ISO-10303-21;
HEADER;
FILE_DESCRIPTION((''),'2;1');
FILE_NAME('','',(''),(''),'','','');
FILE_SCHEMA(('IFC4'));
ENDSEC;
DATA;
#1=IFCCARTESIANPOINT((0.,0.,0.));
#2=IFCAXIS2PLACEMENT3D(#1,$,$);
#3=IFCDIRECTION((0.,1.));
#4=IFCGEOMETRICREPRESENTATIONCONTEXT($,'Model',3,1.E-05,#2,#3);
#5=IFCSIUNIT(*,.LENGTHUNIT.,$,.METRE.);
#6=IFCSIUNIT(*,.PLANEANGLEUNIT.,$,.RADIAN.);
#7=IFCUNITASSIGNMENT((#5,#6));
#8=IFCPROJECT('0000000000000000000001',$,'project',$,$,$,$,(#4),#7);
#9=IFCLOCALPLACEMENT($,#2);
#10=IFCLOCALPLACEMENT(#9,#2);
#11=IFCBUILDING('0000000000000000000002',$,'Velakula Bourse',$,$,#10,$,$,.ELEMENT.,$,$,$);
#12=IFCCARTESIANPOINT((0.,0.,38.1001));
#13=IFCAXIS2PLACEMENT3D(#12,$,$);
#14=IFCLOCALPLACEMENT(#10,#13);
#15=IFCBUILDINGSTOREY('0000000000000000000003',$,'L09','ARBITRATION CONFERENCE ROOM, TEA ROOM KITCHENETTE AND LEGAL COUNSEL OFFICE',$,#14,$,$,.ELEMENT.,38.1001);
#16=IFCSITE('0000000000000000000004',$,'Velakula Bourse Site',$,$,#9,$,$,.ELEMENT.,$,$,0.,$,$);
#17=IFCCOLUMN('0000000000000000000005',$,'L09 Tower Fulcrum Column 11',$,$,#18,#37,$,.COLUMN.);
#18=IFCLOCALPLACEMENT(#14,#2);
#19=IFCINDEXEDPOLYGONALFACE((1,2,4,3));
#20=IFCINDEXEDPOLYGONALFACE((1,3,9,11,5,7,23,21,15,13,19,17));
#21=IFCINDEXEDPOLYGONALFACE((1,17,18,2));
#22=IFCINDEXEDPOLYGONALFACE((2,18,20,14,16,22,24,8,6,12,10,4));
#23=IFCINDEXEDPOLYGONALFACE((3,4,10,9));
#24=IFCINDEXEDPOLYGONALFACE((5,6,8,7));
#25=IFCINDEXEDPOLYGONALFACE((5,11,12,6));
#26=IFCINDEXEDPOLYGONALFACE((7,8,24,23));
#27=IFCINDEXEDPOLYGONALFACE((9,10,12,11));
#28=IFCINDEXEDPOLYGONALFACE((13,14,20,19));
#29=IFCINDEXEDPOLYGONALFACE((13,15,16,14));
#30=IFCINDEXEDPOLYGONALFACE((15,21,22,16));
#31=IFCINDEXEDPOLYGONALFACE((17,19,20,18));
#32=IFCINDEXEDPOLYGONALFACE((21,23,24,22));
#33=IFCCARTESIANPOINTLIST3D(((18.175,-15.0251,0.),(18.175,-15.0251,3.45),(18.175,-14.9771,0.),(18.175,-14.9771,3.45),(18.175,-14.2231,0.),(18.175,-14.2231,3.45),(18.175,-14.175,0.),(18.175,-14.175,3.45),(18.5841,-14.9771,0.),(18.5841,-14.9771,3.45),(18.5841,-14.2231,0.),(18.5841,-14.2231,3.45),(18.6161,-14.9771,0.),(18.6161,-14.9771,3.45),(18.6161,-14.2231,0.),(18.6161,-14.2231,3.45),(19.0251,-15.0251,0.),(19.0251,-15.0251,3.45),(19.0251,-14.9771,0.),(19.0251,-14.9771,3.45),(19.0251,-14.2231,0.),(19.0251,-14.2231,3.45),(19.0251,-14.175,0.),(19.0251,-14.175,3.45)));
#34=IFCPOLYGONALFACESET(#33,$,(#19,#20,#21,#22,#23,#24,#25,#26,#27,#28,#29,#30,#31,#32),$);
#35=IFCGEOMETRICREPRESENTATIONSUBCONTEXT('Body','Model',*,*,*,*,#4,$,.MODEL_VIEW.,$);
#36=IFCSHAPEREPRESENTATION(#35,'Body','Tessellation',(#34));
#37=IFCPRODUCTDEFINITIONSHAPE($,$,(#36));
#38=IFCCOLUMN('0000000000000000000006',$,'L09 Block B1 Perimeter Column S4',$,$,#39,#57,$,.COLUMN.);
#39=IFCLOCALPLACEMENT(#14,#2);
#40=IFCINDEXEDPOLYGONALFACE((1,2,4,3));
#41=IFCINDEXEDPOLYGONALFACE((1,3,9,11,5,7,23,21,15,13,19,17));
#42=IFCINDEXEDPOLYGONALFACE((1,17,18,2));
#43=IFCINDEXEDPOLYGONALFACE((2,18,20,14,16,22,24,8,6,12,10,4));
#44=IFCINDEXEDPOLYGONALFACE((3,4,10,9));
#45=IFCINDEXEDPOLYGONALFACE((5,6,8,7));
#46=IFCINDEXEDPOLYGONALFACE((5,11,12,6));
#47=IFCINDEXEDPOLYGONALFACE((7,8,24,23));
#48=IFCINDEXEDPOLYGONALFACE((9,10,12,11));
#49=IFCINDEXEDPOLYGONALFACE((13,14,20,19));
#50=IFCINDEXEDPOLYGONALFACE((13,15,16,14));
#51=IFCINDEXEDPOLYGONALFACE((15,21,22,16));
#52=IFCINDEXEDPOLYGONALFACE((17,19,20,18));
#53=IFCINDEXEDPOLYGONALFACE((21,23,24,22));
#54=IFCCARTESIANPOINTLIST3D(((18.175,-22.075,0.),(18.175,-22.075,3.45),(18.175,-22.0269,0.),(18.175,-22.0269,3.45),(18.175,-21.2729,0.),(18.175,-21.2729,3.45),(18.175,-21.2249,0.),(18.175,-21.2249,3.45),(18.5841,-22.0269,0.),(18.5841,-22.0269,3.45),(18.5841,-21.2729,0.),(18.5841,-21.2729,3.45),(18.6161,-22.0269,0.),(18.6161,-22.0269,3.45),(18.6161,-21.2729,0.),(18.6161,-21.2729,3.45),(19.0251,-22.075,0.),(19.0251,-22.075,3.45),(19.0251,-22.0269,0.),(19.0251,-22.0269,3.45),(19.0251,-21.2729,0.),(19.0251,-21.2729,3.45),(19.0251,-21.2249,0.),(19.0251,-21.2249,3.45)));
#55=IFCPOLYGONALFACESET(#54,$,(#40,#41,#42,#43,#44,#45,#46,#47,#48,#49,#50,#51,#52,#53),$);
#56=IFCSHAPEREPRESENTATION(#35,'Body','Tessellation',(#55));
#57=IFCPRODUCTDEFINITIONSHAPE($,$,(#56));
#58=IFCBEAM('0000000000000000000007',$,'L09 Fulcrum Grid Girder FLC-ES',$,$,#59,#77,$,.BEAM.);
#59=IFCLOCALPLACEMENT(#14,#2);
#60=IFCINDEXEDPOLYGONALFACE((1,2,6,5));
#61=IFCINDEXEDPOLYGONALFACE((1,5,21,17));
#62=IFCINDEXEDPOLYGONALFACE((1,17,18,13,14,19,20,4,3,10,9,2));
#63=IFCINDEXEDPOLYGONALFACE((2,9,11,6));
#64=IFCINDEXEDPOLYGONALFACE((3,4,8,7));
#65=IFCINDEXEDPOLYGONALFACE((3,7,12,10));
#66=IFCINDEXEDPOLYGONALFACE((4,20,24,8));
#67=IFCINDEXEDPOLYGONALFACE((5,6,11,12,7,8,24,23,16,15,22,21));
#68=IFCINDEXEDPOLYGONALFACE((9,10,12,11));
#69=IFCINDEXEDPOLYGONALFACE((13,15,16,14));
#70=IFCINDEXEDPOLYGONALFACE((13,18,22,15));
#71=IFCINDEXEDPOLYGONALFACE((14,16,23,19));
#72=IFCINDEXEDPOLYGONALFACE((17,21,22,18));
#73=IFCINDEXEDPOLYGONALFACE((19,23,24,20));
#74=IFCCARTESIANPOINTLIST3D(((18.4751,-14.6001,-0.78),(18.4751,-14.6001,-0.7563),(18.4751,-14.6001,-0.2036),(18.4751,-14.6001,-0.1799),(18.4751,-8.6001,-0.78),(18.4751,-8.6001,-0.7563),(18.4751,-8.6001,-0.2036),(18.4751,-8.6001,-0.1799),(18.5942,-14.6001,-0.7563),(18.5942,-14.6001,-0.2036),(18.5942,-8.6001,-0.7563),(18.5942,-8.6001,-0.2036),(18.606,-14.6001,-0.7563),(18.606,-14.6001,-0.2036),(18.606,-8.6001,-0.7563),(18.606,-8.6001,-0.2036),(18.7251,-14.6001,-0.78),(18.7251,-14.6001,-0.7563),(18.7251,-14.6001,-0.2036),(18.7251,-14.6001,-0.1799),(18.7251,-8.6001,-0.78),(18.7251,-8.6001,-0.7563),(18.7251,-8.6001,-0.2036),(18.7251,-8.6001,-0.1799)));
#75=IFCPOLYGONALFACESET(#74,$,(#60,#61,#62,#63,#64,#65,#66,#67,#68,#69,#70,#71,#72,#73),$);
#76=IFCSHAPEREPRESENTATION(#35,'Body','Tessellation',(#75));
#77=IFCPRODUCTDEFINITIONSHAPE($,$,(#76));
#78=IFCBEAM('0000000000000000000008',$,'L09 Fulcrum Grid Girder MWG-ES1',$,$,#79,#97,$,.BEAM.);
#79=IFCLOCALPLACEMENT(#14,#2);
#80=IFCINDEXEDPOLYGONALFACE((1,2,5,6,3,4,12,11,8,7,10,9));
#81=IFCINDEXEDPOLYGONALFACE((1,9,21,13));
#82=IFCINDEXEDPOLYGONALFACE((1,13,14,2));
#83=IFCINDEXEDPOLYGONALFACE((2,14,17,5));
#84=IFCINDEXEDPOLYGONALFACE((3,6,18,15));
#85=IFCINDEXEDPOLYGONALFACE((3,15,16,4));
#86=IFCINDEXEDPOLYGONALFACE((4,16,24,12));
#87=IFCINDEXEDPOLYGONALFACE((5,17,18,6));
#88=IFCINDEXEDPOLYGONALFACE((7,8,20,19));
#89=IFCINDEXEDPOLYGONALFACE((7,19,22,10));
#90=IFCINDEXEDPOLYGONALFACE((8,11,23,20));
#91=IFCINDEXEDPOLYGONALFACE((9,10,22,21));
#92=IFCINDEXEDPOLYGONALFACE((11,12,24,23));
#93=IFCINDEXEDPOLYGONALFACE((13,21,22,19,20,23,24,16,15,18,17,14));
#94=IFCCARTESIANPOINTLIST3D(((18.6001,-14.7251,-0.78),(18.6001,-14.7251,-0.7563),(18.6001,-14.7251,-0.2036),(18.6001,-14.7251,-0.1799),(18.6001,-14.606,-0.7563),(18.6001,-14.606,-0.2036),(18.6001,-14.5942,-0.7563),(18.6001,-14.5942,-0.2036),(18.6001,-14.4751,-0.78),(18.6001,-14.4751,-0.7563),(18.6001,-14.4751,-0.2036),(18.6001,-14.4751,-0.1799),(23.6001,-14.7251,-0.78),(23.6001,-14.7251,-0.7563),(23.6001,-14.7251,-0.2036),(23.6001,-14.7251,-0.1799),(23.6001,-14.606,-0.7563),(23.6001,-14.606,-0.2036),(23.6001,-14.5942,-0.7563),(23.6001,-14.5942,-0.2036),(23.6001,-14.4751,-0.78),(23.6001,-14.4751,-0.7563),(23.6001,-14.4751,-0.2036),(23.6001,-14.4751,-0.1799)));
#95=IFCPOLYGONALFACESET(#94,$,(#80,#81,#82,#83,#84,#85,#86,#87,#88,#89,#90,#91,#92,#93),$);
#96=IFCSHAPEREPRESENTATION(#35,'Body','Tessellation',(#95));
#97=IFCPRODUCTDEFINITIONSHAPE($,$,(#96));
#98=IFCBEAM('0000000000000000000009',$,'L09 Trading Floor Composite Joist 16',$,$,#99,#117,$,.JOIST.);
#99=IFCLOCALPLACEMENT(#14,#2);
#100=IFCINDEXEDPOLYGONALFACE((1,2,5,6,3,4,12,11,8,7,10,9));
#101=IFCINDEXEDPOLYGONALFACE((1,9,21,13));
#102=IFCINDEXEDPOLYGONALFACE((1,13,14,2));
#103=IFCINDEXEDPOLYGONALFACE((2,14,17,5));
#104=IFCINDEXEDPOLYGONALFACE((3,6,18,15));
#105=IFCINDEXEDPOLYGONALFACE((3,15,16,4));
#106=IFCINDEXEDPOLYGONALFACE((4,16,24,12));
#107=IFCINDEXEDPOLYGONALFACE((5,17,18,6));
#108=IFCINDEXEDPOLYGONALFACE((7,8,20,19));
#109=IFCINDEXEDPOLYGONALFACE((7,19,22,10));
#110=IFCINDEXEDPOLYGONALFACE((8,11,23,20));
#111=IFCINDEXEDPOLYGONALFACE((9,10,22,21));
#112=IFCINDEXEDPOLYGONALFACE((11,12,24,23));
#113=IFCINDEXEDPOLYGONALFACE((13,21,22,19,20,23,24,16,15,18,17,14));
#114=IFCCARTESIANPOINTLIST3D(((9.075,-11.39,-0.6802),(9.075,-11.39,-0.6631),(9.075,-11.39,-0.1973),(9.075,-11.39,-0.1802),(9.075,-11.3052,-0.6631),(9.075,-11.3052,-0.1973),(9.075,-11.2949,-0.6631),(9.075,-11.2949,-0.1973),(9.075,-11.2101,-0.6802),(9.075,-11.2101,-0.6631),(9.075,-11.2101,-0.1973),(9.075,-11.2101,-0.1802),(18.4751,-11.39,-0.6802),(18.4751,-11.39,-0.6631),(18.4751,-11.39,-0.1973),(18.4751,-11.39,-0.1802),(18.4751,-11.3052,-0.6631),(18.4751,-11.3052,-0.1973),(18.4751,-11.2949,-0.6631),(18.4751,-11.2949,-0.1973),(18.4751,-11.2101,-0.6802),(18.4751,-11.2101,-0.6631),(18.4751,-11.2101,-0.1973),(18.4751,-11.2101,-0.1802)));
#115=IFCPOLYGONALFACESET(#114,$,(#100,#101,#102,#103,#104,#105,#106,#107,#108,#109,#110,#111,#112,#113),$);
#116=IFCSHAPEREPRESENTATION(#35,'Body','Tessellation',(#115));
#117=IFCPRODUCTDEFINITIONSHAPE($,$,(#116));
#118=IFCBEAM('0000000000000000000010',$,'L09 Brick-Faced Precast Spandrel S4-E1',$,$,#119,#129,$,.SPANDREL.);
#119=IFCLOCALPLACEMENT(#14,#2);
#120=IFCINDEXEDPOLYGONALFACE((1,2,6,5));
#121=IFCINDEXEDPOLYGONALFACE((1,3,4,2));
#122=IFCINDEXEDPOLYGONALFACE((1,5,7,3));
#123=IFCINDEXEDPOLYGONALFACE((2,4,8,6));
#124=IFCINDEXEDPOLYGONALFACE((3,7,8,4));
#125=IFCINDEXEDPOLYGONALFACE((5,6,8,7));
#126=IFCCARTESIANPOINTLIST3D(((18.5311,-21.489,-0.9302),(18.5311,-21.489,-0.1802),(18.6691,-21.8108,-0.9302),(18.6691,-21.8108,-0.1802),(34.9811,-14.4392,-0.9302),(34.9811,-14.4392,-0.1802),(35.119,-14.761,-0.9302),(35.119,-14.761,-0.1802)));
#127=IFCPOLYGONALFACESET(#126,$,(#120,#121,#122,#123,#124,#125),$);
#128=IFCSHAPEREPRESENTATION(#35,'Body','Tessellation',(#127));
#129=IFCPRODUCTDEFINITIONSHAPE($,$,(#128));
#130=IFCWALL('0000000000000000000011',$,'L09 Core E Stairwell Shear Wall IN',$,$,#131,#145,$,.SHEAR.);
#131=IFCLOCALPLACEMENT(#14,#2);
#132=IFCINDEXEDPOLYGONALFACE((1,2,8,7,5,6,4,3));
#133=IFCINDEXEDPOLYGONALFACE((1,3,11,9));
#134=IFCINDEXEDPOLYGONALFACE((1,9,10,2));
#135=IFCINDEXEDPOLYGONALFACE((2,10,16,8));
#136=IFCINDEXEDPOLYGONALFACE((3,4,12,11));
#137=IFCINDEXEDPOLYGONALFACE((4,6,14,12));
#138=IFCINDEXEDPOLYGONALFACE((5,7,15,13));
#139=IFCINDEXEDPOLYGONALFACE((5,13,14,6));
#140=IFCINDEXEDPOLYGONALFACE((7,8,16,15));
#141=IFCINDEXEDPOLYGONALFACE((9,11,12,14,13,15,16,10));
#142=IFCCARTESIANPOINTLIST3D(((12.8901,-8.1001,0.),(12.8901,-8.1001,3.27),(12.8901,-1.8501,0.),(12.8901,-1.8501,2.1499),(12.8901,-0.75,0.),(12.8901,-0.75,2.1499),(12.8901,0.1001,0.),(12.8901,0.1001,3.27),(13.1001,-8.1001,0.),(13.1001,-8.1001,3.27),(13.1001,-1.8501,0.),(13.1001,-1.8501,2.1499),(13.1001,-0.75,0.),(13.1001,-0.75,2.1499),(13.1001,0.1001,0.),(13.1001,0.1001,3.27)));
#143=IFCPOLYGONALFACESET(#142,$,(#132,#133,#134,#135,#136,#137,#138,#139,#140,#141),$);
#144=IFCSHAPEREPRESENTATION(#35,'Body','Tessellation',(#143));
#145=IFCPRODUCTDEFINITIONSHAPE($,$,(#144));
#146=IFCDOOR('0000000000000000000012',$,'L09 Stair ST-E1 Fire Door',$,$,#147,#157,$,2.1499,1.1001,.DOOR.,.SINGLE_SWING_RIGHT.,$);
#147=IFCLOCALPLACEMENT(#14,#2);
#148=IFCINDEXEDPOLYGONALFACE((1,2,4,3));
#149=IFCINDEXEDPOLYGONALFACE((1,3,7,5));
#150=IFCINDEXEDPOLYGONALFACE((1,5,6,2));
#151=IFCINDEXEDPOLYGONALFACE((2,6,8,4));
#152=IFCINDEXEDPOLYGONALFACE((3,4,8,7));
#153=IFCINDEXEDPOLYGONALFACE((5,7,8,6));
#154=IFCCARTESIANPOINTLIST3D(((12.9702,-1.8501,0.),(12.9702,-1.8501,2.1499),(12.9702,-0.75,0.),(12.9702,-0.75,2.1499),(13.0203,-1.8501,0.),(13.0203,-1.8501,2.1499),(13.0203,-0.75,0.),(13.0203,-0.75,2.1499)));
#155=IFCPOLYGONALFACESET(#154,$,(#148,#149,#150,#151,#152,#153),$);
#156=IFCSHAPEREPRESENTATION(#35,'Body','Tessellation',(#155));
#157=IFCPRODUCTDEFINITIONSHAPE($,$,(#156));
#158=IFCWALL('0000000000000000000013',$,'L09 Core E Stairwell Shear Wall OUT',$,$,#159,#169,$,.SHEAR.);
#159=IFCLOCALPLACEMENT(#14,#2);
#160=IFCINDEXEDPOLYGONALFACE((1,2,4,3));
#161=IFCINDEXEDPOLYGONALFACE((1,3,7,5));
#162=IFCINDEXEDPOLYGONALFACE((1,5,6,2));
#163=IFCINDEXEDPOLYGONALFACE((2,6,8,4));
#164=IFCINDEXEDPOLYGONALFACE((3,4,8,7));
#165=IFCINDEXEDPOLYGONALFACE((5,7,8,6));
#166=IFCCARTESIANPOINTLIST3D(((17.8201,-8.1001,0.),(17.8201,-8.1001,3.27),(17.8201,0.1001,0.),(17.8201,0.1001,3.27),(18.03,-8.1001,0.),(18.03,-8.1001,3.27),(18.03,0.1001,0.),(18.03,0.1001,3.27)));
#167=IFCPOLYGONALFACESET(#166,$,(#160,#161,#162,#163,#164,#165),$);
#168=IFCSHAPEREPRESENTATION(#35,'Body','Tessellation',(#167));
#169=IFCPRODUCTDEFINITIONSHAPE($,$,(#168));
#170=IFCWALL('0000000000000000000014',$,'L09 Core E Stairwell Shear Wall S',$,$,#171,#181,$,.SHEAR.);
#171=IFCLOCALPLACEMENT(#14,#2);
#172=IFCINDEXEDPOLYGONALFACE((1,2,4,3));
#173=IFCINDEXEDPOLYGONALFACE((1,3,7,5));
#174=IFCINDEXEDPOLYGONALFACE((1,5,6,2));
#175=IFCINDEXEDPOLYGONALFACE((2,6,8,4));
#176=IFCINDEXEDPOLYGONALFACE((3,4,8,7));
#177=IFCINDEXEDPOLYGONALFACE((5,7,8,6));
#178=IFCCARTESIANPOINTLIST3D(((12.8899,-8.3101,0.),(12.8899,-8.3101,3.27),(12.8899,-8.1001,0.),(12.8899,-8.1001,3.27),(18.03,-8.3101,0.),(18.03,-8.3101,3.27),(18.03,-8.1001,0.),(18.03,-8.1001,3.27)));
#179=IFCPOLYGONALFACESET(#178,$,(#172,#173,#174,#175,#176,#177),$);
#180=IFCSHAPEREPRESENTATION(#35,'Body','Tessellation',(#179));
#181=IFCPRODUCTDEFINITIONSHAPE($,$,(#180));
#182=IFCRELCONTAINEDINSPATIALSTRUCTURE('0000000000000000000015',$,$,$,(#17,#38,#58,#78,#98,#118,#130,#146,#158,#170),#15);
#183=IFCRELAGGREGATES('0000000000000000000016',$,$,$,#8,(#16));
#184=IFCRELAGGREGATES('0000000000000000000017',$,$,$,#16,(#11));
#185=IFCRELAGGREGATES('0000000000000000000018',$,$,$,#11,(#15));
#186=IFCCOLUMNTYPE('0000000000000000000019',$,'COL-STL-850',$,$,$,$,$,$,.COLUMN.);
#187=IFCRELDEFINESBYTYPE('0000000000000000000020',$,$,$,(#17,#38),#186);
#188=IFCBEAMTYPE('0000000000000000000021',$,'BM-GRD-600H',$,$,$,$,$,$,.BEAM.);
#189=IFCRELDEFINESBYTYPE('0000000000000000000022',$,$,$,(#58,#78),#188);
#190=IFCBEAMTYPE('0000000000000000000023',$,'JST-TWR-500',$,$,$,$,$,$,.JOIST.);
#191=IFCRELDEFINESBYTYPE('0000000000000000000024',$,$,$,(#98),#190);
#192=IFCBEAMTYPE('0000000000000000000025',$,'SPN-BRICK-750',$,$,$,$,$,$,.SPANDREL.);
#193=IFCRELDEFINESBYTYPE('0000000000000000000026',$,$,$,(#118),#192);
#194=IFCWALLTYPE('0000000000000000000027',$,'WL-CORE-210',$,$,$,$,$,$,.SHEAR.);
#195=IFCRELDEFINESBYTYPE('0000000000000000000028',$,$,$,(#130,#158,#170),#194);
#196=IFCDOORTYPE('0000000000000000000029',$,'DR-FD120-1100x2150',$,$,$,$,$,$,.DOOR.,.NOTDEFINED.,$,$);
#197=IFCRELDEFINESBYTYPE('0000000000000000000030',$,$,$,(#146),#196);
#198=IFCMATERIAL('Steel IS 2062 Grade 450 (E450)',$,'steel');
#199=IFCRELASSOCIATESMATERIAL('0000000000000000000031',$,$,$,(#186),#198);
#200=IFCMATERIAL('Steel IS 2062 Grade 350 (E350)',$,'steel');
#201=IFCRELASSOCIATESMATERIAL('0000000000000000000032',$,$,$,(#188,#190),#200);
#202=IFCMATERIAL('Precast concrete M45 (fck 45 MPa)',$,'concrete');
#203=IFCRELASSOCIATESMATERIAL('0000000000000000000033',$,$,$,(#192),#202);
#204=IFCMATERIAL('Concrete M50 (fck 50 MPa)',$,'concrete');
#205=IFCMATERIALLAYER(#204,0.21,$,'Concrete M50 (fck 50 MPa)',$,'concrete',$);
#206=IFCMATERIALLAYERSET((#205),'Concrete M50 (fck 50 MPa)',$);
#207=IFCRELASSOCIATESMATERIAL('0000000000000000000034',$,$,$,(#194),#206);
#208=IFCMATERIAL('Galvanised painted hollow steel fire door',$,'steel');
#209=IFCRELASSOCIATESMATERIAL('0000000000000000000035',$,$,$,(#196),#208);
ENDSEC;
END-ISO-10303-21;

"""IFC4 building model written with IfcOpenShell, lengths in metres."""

from ifc_helpers import new_model, si_unit, direction, frame, frame_2d, origin, origin_2d, place, context, subcontext, project, spatial, rectangle, i_section, extrude, material, layer, layer_set, material_profile, profile_set, type_object, element, fill, save


model = new_model("IFC4")

# Units and contexts
model_context = context("Model", 3, precision=1e-05, world=origin(), true_north=direction((0.0, 1.0)))
body_context = subcontext(model_context, "Body", "Model", "MODEL_VIEW")
ifc_project = project(units=[si_unit("LENGTHUNIT", "METRE"), si_unit("PLANEANGLEUNIT", "RADIAN")], contexts=[model_context])

# Site, building, storey
site_placement = place(None, origin())
site = spatial("IfcSite", under=ifc_project, at=site_placement, Name="Velakula Bourse Site", CompositionType="ELEMENT", RefElevation=0.0)
building_placement = place(site_placement, origin())
building = spatial("IfcBuilding", under=site, at=building_placement, Name="Velakula Bourse", CompositionType="ELEMENT")
storey_placement = place(building_placement, frame((0.0, 0.0, 38.1001)))
storey = spatial("IfcBuildingStorey", under=building, at=storey_placement, Name="L09", Description="ARBITRATION CONFERENCE ROOM, TEA ROOM KITCHENETTE AND LEGAL COUNSEL OFFICE", CompositionType="ELEMENT", Elevation=38.1001)

# Columns
ifc_material_1 = material(Name="Steel IS 2062 Grade 450 (E450)", Category="steel")
ifc_material_profile_1 = material_profile(ifc_material_1, i_section(OverallWidth=0.8501, OverallDepth=0.8501, WebThickness=0.032, FlangeThickness=0.0481, at=origin_2d()), Name="Steel IS 2062 Grade 450 (E450)")
ifc_profile_set_1 = profile_set([ifc_material_profile_1], Name="Steel IS 2062 Grade 450 (E450)")
column_type = type_object("IfcColumnType", Name="COL-STL-850", PredefinedType="COLUMN", material=ifc_profile_set_1)
for number, where, z_axis, x_axis, name in (
    (1, (18.6001, -14.6001, 0.0), (0.0, 0.0, 1.0), (1.0, 0.0, 0.0), "L09 Tower Fulcrum Column 11"),
    (2, (18.6001, -21.6499, 0.0), (0.0, 0.0, 1.0), (1.0, 0.0, 0.0), "L09 Block B1 Perimeter Column S4"),
):
    element("IfcColumn", number, at=place(storey_placement, frame(where, z_axis=z_axis, x_axis=x_axis)), inside=storey, type_object=column_type, Name=name, PredefinedType="COLUMN", context=body_context, shape_type="SweptSolid", body=[
        extrude(i_section(OverallWidth=0.8501, OverallDepth=0.8501, WebThickness=0.032, FlangeThickness=0.0481, at=origin_2d()), origin(), (0.0, 0.0, 1.0), 3.45),
    ])

# Beams
ifc_material_2 = material(Name="Steel IS 2062 Grade 350 (E350)", Category="steel")
ifc_material_profile_2 = material_profile(ifc_material_2, i_section(OverallWidth=0.25, OverallDepth=0.6001, WebThickness=0.0117, FlangeThickness=0.0237, at=origin_2d()), Name="Steel IS 2062 Grade 350 (E350)")
ifc_profile_set_2 = profile_set([ifc_material_profile_2], Name="Steel IS 2062 Grade 350 (E350)")
beam_type_1 = type_object("IfcBeamType", Name="BM-GRD-600H", PredefinedType="BEAM", material=ifc_profile_set_2)
beam_1_placement = place(storey_placement, frame((18.6001, -14.6001, -0.48), z_axis=(0.0, 1.0, 0.0), x_axis=(-1.0, 0.0, 0.0)))
element("IfcBeam", 3, at=beam_1_placement, inside=storey, type_object=beam_type_1, Name="L09 Fulcrum Grid Girder FLC-ES", PredefinedType="BEAM", context=body_context, shape_type="SweptSolid", body=[
    extrude(i_section(OverallWidth=0.25, OverallDepth=0.6001, WebThickness=0.0117, FlangeThickness=0.0237, at=origin_2d()), origin(), (0.0, 0.0, 1.0), 6.0),
])
beam_2_placement = place(storey_placement, frame((18.6001, -14.6001, -0.48), z_axis=(1.0, 0.0, 0.0), x_axis=(0.0, 1.0, 0.0)))
element("IfcBeam", 4, at=beam_2_placement, inside=storey, type_object=beam_type_1, Name="L09 Fulcrum Grid Girder MWG-ES1", PredefinedType="BEAM", context=body_context, shape_type="SweptSolid", body=[
    extrude(i_section(OverallWidth=0.25, OverallDepth=0.6001, WebThickness=0.0117, FlangeThickness=0.0237, at=origin_2d()), origin(), (0.0, 0.0, 1.0), 5.0),
])
ifc_material_profile_3 = material_profile(ifc_material_2, i_section(OverallWidth=0.1799, OverallDepth=0.5, WebThickness=0.0103, FlangeThickness=0.0171, at=origin_2d()), Name="Steel IS 2062 Grade 350 (E350)")
ifc_profile_set_3 = profile_set([ifc_material_profile_3], Name="Steel IS 2062 Grade 350 (E350)")
beam_type_2 = type_object("IfcBeamType", Name="JST-TWR-500", PredefinedType="JOIST", material=ifc_profile_set_3)
beam_3_placement = place(storey_placement, frame((9.075, -11.3, -0.4302), z_axis=(1.0, 0.0, 0.0), x_axis=(0.0, 1.0, 0.0)))
element("IfcBeam", 5, at=beam_3_placement, inside=storey, type_object=beam_type_2, Name="L09 Trading Floor Composite Joist 16", PredefinedType="JOIST", context=body_context, shape_type="SweptSolid", body=[
    extrude(i_section(OverallWidth=0.1799, OverallDepth=0.5, WebThickness=0.0103, FlangeThickness=0.0171, at=origin_2d()), origin(), (0.0, 0.0, 1.0), 9.4001),
])
ifc_material_3 = material(Name="Precast concrete M45 (fck 45 MPa)", Category="concrete")
ifc_material_profile_4 = material_profile(ifc_material_3, rectangle(XDim=0.3501, YDim=0.75, at=origin_2d()), Name="Precast concrete M45 (fck 45 MPa)")
ifc_profile_set_4 = profile_set([ifc_material_profile_4], Name="Precast concrete M45 (fck 45 MPa)")
beam_type_3 = type_object("IfcBeamType", Name="SPN-BRICK-750", PredefinedType="SPANDREL", material=ifc_profile_set_4)
beam_4_placement = place(storey_placement, frame((18.6001, -21.6499, -0.5552), z_axis=(0.919149, 0.393911, 0.0), x_axis=(-0.393911, 0.919149, 0.0)))
element("IfcBeam", 6, at=beam_4_placement, inside=storey, type_object=beam_type_3, Name="L09 Brick-Faced Precast Spandrel S4-E1", PredefinedType="SPANDREL", context=body_context, shape_type="SweptSolid", body=[
    extrude(rectangle(XDim=0.3501, YDim=0.75, at=origin_2d()), origin(), (0.0, 0.0, 1.0), 17.897),
])

# Wall, opening, door
ifc_material_4 = material(Name="Concrete M50 (fck 50 MPa)", Category="concrete")
ifc_layer_1 = layer(ifc_material_4, 0.21, Name="Concrete M50 (fck 50 MPa)", Category="concrete")
ifc_layer_set_1 = layer_set([ifc_layer_1], Name="Concrete M50 (fck 50 MPa)")
wall_type_1 = type_object("IfcWallType", Name="WL-CORE-210", PredefinedType="SHEAR", material=ifc_layer_set_1)
wall_1_placement = place(storey_placement, frame((12.9951, -8.1001, 0.0), z_axis=(0.0, 0.0, 1.0), x_axis=(0.0, 1.0, 0.0)))
wall_1 = element("IfcWall", 7, at=wall_1_placement, inside=storey, type_object=wall_type_1, Name="L09 Core E Stairwell Shear Wall IN", PredefinedType="SHEAR", context=body_context, shape_type="SweptSolid", body=[
    extrude(rectangle(XDim=8.2002, YDim=0.21, at=frame_2d((4.1001, 0.0))), origin(), (0.0, 0.0, 1.0), 3.27),
])
opening_1_placement = place(wall_1_placement, frame((6.25, 0.0, 0.0)))
opening_1 = element("IfcOpeningElement", 8, at=opening_1_placement, cuts=wall_1, PredefinedType="OPENING", context=body_context, shape_type="SweptSolid", body=[
    extrude(rectangle(XDim=1.1001, YDim=2.1499, at=frame_2d((0.55, 1.075))), frame((0.0, 0.115, 0.0), z_axis=(0.0, -1.0, 0.0), x_axis=(1.0, 0.0, 0.0)), (0.0, 0.0, 1.0), 0.23),
])
ifc_material_5 = material(Name="Galvanised painted hollow steel fire door", Category="steel")
door_type_1 = type_object("IfcDoorType", Name="DR-FD120-1100x2150", OperationType="NOTDEFINED", PredefinedType="DOOR", material=ifc_material_5)
door_1_placement = place(opening_1_placement, origin())
door_1 = element("IfcDoor", 9, at=door_1_placement, inside=storey, type_object=door_type_1, Name="L09 Stair ST-E1 Fire Door", OperationType="SINGLE_SWING_RIGHT", OverallHeight=2.1499, OverallWidth=1.1001, PredefinedType="DOOR", context=body_context, shape_type="SweptSolid", body=[
    extrude(rectangle(XDim=1.1001, YDim=2.1499, at=frame_2d((0.55, 1.075))), frame((0.0, 0.0249, 0.0), z_axis=(0.0, -1.0, 0.0), x_axis=(1.0, 0.0, 0.0)), (0.0, 0.0, 1.0), 0.05),
])
fill(opening_1, door_1)

# Walls
wall_2_placement = place(storey_placement, frame((17.925, -8.1001, 0.0), z_axis=(0.0, 0.0, 1.0), x_axis=(0.0, 1.0, 0.0)))
element("IfcWall", 10, at=wall_2_placement, inside=storey, type_object=wall_type_1, Name="L09 Core E Stairwell Shear Wall OUT", PredefinedType="SHEAR", context=body_context, shape_type="SweptSolid", body=[
    extrude(rectangle(XDim=8.2002, YDim=0.21, at=frame_2d((4.1001, 0.0))), origin(), (0.0, 0.0, 1.0), 3.27),
])
wall_3_placement = place(storey_placement, frame((12.8899, -8.2051, 0.0), z_axis=(0.0, 0.0, 1.0), x_axis=(1.0, 0.0, 0.0)))
element("IfcWall", 11, at=wall_3_placement, inside=storey, type_object=wall_type_1, Name="L09 Core E Stairwell Shear Wall S", PredefinedType="SHEAR", context=body_context, shape_type="SweptSolid", body=[
    extrude(rectangle(XDim=5.1401, YDim=0.21, at=frame_2d((2.5701, 0.0))), origin(), (0.0, 0.0, 1.0), 3.27),
])

save(model, "model.ifc")
